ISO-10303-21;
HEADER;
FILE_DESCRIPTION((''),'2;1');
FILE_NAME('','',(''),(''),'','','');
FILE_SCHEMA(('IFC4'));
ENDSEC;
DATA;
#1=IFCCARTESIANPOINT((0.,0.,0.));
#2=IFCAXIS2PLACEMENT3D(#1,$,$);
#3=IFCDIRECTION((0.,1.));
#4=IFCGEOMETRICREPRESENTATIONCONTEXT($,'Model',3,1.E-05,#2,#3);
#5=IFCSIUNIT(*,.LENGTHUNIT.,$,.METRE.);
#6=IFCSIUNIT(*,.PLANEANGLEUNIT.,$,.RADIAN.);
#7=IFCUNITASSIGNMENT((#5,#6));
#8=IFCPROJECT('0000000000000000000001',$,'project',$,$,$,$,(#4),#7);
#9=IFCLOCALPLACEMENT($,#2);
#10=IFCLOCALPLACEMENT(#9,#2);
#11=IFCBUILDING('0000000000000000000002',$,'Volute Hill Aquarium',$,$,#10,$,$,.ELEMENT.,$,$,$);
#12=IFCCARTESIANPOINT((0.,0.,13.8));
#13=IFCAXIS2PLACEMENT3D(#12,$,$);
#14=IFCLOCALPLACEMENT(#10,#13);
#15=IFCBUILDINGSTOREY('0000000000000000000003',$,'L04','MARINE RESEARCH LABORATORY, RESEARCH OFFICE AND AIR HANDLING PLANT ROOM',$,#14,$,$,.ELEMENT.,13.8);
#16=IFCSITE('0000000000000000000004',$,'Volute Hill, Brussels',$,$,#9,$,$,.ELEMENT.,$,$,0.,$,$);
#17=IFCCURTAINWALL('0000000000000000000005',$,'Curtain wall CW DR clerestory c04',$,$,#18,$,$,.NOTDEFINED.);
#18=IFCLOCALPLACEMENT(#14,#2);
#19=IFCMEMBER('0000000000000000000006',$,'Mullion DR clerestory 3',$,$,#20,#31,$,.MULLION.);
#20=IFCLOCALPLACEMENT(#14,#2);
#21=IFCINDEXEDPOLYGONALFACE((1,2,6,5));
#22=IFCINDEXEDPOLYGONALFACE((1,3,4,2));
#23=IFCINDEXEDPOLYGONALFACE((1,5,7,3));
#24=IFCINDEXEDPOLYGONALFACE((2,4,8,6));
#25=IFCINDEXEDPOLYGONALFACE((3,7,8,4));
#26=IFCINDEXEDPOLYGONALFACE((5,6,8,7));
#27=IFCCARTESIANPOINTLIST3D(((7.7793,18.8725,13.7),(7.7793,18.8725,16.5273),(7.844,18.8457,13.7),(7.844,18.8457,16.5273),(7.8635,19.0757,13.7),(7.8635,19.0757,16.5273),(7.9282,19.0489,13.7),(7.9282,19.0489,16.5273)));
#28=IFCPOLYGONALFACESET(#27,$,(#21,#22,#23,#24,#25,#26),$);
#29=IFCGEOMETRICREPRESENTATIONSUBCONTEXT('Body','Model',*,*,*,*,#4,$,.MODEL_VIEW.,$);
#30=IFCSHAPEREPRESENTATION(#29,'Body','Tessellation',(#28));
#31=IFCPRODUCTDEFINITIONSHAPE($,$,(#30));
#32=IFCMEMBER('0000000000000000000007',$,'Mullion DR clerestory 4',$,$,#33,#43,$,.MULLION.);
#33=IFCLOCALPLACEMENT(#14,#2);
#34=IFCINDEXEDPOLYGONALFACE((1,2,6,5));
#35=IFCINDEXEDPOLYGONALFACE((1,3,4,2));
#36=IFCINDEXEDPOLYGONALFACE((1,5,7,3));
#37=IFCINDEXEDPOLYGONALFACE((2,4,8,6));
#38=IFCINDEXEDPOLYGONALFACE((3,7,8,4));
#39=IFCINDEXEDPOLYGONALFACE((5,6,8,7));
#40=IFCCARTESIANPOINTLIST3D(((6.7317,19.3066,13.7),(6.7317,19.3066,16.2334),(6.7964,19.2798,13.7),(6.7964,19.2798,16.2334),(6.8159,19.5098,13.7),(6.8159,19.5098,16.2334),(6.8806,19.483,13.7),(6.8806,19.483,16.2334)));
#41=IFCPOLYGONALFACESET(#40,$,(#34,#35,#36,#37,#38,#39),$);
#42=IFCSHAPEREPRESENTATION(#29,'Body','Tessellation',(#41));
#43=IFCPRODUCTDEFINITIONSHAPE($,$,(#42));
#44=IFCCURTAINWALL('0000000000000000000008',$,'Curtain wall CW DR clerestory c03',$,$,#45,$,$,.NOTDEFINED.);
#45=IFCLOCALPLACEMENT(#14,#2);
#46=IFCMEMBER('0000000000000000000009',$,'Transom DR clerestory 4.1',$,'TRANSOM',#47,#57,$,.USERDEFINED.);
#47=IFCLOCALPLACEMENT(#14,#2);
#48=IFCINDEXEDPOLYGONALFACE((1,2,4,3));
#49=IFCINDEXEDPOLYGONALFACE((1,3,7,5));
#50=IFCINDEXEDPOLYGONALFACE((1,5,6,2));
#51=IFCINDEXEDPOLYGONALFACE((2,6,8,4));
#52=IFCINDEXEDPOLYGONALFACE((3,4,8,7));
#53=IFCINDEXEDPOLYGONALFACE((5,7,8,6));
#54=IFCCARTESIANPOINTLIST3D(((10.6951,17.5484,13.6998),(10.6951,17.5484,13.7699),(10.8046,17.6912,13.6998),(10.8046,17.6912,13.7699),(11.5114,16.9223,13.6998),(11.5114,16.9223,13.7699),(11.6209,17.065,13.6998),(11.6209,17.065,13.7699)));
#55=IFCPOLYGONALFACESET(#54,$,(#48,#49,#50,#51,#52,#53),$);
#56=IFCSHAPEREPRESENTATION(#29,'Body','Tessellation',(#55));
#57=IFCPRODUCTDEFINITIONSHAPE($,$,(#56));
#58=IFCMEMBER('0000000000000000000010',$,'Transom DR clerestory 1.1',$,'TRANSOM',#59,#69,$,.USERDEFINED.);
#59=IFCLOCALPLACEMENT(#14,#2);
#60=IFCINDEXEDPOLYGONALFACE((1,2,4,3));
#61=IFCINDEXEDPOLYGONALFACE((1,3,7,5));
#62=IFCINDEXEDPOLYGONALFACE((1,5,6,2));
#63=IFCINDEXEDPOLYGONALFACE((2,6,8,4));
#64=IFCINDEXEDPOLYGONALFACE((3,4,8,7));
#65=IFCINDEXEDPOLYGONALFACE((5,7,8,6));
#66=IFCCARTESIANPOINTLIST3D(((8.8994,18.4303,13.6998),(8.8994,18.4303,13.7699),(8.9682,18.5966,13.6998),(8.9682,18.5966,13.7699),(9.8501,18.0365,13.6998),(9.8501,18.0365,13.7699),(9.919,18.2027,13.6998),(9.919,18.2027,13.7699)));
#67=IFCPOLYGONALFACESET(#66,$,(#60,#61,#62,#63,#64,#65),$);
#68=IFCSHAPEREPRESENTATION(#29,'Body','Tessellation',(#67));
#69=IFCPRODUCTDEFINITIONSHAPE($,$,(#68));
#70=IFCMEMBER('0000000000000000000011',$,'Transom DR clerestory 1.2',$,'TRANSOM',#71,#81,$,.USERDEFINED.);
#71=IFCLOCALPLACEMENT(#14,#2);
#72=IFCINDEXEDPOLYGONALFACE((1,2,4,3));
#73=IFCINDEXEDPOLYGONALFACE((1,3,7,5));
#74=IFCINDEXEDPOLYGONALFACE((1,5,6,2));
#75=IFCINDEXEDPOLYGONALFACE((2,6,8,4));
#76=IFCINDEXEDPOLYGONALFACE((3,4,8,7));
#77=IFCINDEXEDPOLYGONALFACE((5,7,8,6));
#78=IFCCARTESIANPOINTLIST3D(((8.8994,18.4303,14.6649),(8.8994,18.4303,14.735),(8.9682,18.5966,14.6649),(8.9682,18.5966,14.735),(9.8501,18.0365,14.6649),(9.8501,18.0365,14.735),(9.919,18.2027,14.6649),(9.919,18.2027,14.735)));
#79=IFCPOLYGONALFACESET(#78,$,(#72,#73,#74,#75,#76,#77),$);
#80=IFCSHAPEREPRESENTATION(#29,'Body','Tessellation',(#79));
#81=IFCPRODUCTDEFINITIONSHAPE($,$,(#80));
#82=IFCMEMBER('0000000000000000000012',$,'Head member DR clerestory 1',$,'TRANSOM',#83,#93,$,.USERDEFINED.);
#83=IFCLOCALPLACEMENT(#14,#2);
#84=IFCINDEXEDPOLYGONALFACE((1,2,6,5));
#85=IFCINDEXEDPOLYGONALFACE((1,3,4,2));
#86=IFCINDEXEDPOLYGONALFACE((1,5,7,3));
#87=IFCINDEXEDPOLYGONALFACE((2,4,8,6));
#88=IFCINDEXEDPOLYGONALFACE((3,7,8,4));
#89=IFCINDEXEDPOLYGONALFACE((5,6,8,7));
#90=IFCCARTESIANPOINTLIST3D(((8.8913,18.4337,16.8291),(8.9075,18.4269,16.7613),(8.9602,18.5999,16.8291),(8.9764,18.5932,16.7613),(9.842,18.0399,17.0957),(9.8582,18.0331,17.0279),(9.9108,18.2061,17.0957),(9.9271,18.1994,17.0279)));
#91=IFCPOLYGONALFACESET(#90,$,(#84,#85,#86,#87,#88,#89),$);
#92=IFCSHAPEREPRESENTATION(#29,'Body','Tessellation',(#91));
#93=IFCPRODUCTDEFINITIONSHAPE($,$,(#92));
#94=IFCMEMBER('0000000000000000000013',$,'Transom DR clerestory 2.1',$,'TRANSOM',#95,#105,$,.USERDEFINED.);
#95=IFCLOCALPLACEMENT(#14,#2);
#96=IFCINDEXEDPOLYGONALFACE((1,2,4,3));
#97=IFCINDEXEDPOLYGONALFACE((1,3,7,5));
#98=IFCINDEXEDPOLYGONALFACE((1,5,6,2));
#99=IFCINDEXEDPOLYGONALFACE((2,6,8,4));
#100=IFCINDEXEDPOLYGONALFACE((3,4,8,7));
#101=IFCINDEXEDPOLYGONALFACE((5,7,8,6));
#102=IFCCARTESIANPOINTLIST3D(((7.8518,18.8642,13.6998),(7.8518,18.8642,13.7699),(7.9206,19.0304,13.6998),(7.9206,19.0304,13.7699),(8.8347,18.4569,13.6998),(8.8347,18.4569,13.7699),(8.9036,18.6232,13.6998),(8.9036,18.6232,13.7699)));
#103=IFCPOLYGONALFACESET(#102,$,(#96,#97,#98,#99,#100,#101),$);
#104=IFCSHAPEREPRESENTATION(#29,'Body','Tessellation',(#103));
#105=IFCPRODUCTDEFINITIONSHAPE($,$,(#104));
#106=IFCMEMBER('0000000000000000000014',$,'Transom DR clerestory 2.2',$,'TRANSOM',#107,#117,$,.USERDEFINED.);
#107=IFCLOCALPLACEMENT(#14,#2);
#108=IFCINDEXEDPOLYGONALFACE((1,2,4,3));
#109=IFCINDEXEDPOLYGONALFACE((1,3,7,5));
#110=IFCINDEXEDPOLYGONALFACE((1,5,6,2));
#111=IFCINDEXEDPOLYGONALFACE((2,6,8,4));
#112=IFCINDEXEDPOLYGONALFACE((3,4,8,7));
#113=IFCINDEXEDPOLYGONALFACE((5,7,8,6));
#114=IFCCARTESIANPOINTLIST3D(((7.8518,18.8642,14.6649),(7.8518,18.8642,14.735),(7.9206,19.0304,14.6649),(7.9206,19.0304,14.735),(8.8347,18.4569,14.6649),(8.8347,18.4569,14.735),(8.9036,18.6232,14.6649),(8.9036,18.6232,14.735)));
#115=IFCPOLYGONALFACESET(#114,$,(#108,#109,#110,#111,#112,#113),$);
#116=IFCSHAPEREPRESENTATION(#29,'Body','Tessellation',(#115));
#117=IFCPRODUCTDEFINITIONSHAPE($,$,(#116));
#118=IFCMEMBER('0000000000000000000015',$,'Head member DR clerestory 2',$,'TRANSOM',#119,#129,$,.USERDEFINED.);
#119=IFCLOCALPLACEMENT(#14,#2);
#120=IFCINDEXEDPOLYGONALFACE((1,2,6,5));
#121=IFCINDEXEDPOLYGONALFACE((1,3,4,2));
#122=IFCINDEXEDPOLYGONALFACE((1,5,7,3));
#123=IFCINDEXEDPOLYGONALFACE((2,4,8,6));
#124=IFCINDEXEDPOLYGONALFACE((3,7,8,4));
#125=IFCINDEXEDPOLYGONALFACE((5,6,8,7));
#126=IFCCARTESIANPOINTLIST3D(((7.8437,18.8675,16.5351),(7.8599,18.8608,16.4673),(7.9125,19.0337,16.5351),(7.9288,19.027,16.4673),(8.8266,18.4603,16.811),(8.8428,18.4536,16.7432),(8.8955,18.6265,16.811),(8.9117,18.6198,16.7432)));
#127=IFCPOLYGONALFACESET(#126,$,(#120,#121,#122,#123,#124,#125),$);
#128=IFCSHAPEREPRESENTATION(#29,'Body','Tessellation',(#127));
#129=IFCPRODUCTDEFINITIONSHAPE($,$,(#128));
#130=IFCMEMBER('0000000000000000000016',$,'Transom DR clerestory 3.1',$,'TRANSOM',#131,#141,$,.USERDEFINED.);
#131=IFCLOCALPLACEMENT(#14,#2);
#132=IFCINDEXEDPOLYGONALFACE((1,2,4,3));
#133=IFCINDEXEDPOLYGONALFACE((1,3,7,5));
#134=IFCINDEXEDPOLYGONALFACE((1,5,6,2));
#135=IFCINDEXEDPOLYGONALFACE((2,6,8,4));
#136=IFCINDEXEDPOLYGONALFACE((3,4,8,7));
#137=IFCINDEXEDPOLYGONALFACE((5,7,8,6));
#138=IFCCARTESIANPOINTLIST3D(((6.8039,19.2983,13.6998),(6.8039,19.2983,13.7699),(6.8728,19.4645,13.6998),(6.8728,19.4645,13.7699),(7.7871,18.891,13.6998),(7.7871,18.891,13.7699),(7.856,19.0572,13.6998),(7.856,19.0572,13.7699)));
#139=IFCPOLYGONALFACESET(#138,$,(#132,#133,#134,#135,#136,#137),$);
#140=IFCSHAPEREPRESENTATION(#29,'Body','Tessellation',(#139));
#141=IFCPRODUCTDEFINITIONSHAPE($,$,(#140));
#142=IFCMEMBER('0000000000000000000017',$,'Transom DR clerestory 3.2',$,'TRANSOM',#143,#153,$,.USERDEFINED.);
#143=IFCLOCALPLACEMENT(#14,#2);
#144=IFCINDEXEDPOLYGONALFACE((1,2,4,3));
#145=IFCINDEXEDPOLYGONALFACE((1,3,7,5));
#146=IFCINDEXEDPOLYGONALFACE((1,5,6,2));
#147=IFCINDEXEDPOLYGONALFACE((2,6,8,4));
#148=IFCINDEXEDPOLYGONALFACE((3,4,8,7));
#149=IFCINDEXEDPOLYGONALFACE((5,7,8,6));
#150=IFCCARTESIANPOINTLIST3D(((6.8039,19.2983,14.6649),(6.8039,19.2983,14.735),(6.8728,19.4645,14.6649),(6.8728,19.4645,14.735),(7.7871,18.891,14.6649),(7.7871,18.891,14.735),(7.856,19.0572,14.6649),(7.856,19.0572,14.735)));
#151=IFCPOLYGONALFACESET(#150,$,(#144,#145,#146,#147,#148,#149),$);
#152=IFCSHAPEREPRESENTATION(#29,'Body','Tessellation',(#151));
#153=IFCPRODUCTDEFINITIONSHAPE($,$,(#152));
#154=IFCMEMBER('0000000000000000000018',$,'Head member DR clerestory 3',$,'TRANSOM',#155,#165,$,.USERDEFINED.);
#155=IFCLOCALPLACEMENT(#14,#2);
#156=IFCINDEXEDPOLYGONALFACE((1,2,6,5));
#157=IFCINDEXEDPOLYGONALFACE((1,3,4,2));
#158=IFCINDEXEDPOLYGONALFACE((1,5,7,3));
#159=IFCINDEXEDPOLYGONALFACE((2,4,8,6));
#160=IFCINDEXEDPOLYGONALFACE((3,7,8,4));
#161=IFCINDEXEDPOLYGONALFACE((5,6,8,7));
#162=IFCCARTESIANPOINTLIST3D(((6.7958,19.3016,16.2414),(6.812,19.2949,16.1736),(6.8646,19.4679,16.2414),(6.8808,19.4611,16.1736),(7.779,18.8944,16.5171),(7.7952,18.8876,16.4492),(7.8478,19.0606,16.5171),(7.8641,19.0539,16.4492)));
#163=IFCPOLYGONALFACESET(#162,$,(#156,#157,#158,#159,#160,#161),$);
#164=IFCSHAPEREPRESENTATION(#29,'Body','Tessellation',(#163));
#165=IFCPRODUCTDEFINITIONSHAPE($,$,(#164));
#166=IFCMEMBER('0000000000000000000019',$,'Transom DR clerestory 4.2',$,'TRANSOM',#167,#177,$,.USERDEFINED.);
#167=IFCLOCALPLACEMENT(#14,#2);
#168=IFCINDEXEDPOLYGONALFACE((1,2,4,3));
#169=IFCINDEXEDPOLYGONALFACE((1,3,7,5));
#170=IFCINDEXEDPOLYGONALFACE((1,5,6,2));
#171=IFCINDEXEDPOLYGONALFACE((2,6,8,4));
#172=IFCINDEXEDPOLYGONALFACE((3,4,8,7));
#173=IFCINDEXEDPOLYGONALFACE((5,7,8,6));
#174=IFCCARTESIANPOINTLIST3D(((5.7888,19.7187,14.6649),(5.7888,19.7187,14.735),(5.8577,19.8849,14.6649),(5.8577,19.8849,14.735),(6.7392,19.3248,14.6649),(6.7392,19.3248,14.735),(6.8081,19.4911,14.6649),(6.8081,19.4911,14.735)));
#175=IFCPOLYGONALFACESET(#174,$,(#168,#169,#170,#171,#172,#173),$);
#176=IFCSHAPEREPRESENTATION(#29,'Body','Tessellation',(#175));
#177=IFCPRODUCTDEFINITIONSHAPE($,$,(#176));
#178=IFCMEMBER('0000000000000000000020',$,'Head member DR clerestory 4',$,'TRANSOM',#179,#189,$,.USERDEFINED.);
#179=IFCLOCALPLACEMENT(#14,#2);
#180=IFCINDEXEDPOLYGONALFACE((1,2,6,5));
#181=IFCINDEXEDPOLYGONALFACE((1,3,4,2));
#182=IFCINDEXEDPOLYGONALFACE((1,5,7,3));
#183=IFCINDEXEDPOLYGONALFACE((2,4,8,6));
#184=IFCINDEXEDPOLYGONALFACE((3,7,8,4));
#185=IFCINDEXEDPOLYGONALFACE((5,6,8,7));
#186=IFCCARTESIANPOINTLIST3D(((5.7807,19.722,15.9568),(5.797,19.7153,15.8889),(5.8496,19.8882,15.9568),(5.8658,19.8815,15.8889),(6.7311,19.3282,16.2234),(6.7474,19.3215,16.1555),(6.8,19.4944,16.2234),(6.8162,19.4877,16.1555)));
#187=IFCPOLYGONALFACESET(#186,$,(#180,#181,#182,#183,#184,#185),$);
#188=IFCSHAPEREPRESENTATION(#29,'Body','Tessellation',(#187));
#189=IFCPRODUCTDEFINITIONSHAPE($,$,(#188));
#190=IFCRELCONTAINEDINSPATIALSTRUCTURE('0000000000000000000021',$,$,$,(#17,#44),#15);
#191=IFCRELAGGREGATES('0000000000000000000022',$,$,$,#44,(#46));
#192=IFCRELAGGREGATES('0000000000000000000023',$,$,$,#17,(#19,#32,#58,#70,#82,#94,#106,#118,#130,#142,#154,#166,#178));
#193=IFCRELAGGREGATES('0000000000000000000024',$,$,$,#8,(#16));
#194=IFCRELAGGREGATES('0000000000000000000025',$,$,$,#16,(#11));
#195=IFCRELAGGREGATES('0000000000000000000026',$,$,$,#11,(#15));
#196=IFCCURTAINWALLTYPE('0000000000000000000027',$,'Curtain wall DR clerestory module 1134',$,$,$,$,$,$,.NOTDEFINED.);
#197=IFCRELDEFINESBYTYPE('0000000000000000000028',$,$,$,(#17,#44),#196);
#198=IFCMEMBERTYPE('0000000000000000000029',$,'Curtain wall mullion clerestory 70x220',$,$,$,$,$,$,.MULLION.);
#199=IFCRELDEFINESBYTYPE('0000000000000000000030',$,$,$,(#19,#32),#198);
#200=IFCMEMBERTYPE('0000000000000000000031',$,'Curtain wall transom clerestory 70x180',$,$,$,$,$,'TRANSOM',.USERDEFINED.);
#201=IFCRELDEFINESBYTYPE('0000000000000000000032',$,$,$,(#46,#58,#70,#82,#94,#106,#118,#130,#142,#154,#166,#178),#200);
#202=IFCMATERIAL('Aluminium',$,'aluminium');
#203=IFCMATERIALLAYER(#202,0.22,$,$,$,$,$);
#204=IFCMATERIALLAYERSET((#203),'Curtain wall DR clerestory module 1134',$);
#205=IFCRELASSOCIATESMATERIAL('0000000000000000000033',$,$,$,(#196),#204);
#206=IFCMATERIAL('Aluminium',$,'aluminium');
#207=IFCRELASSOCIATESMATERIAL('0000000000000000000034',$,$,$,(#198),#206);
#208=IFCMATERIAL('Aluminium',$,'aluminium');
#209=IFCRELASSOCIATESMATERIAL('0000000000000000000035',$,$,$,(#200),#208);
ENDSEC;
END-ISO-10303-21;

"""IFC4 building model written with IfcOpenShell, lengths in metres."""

from ifc_helpers import new_model, si_unit, direction, frame, origin, origin_2d, place, context, subcontext, project, spatial, rectangle, extrude, material, layer, layer_set, material_profile, profile_set, type_object, element, aggregate, save


model = new_model("IFC4")

# Units and contexts
model_context = context("Model", 3, precision=1e-05, world=origin(), true_north=direction((0.0, 1.0)))
body_context = subcontext(model_context, "Body", "Model", "MODEL_VIEW")
ifc_project = project(units=[si_unit("LENGTHUNIT", "METRE"), si_unit("PLANEANGLEUNIT", "RADIAN")], contexts=[model_context])

# Site, building, storey
site_placement = place(None, origin())
site = spatial("IfcSite", under=ifc_project, at=site_placement, Name="Volute Hill, Brussels", CompositionType="ELEMENT", RefElevation=0.0)
building_placement = place(site_placement, origin())
building = spatial("IfcBuilding", under=site, at=building_placement, Name="Volute Hill Aquarium", CompositionType="ELEMENT")
storey_placement = place(building_placement, frame((0.0, 0.0, 13.8)))
storey = spatial("IfcBuildingStorey", under=building, at=storey_placement, Name="L04", Description="MARINE RESEARCH LABORATORY, RESEARCH OFFICE AND AIR HANDLING PLANT ROOM", CompositionType="ELEMENT", Elevation=13.8)

# Curtain wall, members
ifc_material_1 = material(Name="Aluminium", Category="aluminium")
ifc_layer_1 = layer(ifc_material_1, 0.22)
ifc_layer_set_1 = layer_set([ifc_layer_1], Name="Curtain wall DR clerestory module 1134")
curtain_wall_type = type_object("IfcCurtainWallType", Name="Curtain wall DR clerestory module 1134", PredefinedType="NOTDEFINED", material=ifc_layer_set_1)
curtain_wall_1_placement = place(storey_placement, origin())
curtain_wall_1 = element("IfcCurtainWall", 1, at=curtain_wall_1_placement, inside=storey, type_object=curtain_wall_type, Name="Curtain wall CW DR clerestory c04", PredefinedType="NOTDEFINED")
ifc_material_2 = material(Name="Aluminium", Category="aluminium")
ifc_material_profile_1 = material_profile(ifc_material_2, rectangle(XDim=0.22, YDim=0.0701, at=origin_2d()), Name="Curtain wall mullion clerestory 70x220")
ifc_profile_set_1 = profile_set([ifc_material_profile_1], Name="Aluminium")
member_type_1 = type_object("IfcMemberType", Name="Curtain wall mullion clerestory 70x220", PredefinedType="MULLION", material=ifc_profile_set_1)
member_1_placement = place(storey_placement, frame((7.8538, 18.9607, 13.7), z_axis=(0.0, 0.0, 1.0), x_axis=(-0.382696, -0.923874, 0.0)))
member_1 = element("IfcMember", 2, at=member_1_placement, type_object=member_type_1, Name="Mullion DR clerestory 3", PredefinedType="MULLION", context=body_context, shape_type="SweptSolid", body=[
    extrude(rectangle(XDim=0.22, YDim=0.0701, at=origin_2d()), origin(), (0.0, 0.0, 1.0), 2.8274),
])
member_2_placement = place(storey_placement, frame((6.8062, 19.3948, 13.7), z_axis=(0.0, 0.0, 1.0), x_axis=(-0.382696, -0.923874, 0.0)))
member_2 = element("IfcMember", 3, at=member_2_placement, type_object=member_type_1, Name="Mullion DR clerestory 4", PredefinedType="MULLION", context=body_context, shape_type="SweptSolid", body=[
    extrude(rectangle(XDim=0.22, YDim=0.0701, at=origin_2d()), origin(), (0.0, 0.0, 1.0), 2.5334),
])

# Curtain wall, member
curtain_wall_2_placement = place(storey_placement, origin())
curtain_wall_2 = element("IfcCurtainWall", 4, at=curtain_wall_2_placement, inside=storey, type_object=curtain_wall_type, Name="Curtain wall CW DR clerestory c03", PredefinedType="NOTDEFINED")
ifc_material_3 = material(Name="Aluminium", Category="aluminium")
ifc_material_profile_2 = material_profile(ifc_material_3, rectangle(XDim=0.1799, YDim=0.0701, at=origin_2d()), Name="Curtain wall transom clerestory 70x180")
ifc_profile_set_2 = profile_set([ifc_material_profile_2], Name="Aluminium")
member_type_2 = type_object("IfcMemberType", Name="Curtain wall transom clerestory 70x180", ElementType="TRANSOM", PredefinedType="USERDEFINED", material=ifc_profile_set_2)
member_3_placement = place(storey_placement, frame((11.5662, 16.9937, 13.7349), z_axis=(-0.793461, 0.608621, 0.0), x_axis=(-0.608621, -0.793461, 0.0)))
member_3 = element("IfcMember", 5, at=member_3_placement, type_object=member_type_2, Name="Transom DR clerestory 4.1", ObjectType="TRANSOM", PredefinedType="USERDEFINED", context=body_context, shape_type="SweptSolid", body=[
    extrude(rectangle(XDim=0.1799, YDim=0.0701, at=origin_2d()), origin(), (0.0, 0.0, 1.0), 1.0288),
])

# Members
member_4_placement = place(storey_placement, frame((9.8845, 18.1196, 13.7349), z_axis=(-0.923875, 0.382694, 0.0), x_axis=(-0.382694, -0.923875, 0.0)))
member_4 = element("IfcMember", 6, at=member_4_placement, type_object=member_type_2, Name="Transom DR clerestory 1.1", ObjectType="TRANSOM", PredefinedType="USERDEFINED", context=body_context, shape_type="SweptSolid", body=[
    extrude(rectangle(XDim=0.1799, YDim=0.0701, at=origin_2d()), origin(), (0.0, 0.0, 1.0), 1.0291),
])
member_5_placement = place(storey_placement, frame((9.8845, 18.1196, 14.7), z_axis=(-0.923875, 0.382694, 0.0), x_axis=(-0.382694, -0.923875, 0.0)))
member_5 = element("IfcMember", 7, at=member_5_placement, type_object=member_type_2, Name="Transom DR clerestory 1.2", ObjectType="TRANSOM", PredefinedType="USERDEFINED", context=body_context, shape_type="SweptSolid", body=[
    extrude(rectangle(XDim=0.1799, YDim=0.0701, at=origin_2d()), origin(), (0.0, 0.0, 1.0), 1.0291),
])
member_6_placement = place(storey_placement, frame((9.8845, 18.1196, 17.0618), z_axis=(-0.894346, 0.370462, -0.250803), x_axis=(-0.382694, -0.923875, 0.0)))
member_6 = element("IfcMember", 8, at=member_6_placement, type_object=member_type_2, Name="Head member DR clerestory 1", ObjectType="TRANSOM", PredefinedType="USERDEFINED", context=body_context, shape_type="SweptSolid", body=[
    extrude(rectangle(XDim=0.1799, YDim=0.0701, at=origin_2d()), origin(), (0.0, 0.0, 1.0), 1.063),
])
member_7_placement = place(storey_placement, frame((8.8691, 18.54, 13.7349), z_axis=(-0.923849, 0.382757, 0.0), x_axis=(-0.382757, -0.923849, 0.0)))
member_7 = element("IfcMember", 9, at=member_7_placement, type_object=member_type_2, Name="Transom DR clerestory 2.1", ObjectType="TRANSOM", PredefinedType="USERDEFINED", context=body_context, shape_type="SweptSolid", body=[
    extrude(rectangle(XDim=0.1799, YDim=0.0701, at=origin_2d()), origin(), (0.0, 0.0, 1.0), 1.064),
])
member_8_placement = place(storey_placement, frame((8.8691, 18.54, 14.7), z_axis=(-0.923849, 0.382757, 0.0), x_axis=(-0.382757, -0.923849, 0.0)))
member_8 = element("IfcMember", 10, at=member_8_placement, type_object=member_type_2, Name="Transom DR clerestory 2.2", ObjectType="TRANSOM", PredefinedType="USERDEFINED", context=body_context, shape_type="SweptSolid", body=[
    extrude(rectangle(XDim=0.1799, YDim=0.0701, at=origin_2d()), origin(), (0.0, 0.0, 1.0), 1.064),
])
member_9_placement = place(storey_placement, frame((8.8691, 18.54, 16.7771), z_axis=(-0.894274, 0.370504, -0.251001), x_axis=(-0.382757, -0.923849, 0.0)))
member_9 = element("IfcMember", 11, at=member_9_placement, type_object=member_type_2, Name="Head member DR clerestory 2", ObjectType="TRANSOM", PredefinedType="USERDEFINED", context=body_context, shape_type="SweptSolid", body=[
    extrude(rectangle(XDim=0.1799, YDim=0.0701, at=origin_2d()), origin(), (0.0, 0.0, 1.0), 1.0991),
])
member_10_placement = place(storey_placement, frame((7.8215, 18.9741, 13.7349), z_axis=(-0.923883, 0.382676, 0.0), x_axis=(-0.382676, -0.923883, 0.0)))
member_10 = element("IfcMember", 12, at=member_10_placement, type_object=member_type_2, Name="Transom DR clerestory 3.1", ObjectType="TRANSOM", PredefinedType="USERDEFINED", context=body_context, shape_type="SweptSolid", body=[
    extrude(rectangle(XDim=0.1799, YDim=0.0701, at=origin_2d()), origin(), (0.0, 0.0, 1.0), 1.0642),
])
member_11_placement = place(storey_placement, frame((7.8215, 18.9741, 14.7), z_axis=(-0.923883, 0.382676, 0.0), x_axis=(-0.382676, -0.923883, 0.0)))
member_11 = element("IfcMember", 13, at=member_11_placement, type_object=member_type_2, Name="Transom DR clerestory 3.2", ObjectType="TRANSOM", PredefinedType="USERDEFINED", context=body_context, shape_type="SweptSolid", body=[
    extrude(rectangle(XDim=0.1799, YDim=0.0701, at=origin_2d()), origin(), (0.0, 0.0, 1.0), 1.0642),
])
member_12_placement = place(storey_placement, frame((7.8215, 18.9741, 16.4832), z_axis=(-0.894368, 0.370451, -0.250743), x_axis=(-0.382676, -0.923883, 0.0)))
member_12 = element("IfcMember", 14, at=member_12_placement, type_object=member_type_2, Name="Head member DR clerestory 3", ObjectType="TRANSOM", PredefinedType="USERDEFINED", context=body_context, shape_type="SweptSolid", body=[
    extrude(rectangle(XDim=0.1799, YDim=0.0701, at=origin_2d()), origin(), (0.0, 0.0, 1.0), 1.0994),
])
member_13_placement = place(storey_placement, frame((6.7737, 19.408, 14.7), z_axis=(-0.92384, 0.382778, 0.0), x_axis=(-0.382778, -0.92384, 0.0)))
member_13 = element("IfcMember", 15, at=member_13_placement, type_object=member_type_2, Name="Transom DR clerestory 4.2", ObjectType="TRANSOM", PredefinedType="USERDEFINED", context=body_context, shape_type="SweptSolid", body=[
    extrude(rectangle(XDim=0.1799, YDim=0.0701, at=origin_2d()), origin(), (0.0, 0.0, 1.0), 1.0288),
])
member_14_placement = place(storey_placement, frame((6.7737, 19.408, 16.1895), z_axis=(-0.8943, 0.370539, -0.250854), x_axis=(-0.382778, -0.92384, 0.0)))
member_14 = element("IfcMember", 16, at=member_14_placement, type_object=member_type_2, Name="Head member DR clerestory 4", ObjectType="TRANSOM", PredefinedType="USERDEFINED", context=body_context, shape_type="SweptSolid", body=[
    extrude(rectangle(XDim=0.1799, YDim=0.0701, at=origin_2d()), origin(), (0.0, 0.0, 1.0), 1.0627),
])

aggregate(curtain_wall_2, [member_3])
aggregate(curtain_wall_1, [member_1, member_2, member_4, member_5, member_6, member_7, member_8, member_9, member_10, member_11, member_12, member_13, member_14])

save(model, "model.ifc")
